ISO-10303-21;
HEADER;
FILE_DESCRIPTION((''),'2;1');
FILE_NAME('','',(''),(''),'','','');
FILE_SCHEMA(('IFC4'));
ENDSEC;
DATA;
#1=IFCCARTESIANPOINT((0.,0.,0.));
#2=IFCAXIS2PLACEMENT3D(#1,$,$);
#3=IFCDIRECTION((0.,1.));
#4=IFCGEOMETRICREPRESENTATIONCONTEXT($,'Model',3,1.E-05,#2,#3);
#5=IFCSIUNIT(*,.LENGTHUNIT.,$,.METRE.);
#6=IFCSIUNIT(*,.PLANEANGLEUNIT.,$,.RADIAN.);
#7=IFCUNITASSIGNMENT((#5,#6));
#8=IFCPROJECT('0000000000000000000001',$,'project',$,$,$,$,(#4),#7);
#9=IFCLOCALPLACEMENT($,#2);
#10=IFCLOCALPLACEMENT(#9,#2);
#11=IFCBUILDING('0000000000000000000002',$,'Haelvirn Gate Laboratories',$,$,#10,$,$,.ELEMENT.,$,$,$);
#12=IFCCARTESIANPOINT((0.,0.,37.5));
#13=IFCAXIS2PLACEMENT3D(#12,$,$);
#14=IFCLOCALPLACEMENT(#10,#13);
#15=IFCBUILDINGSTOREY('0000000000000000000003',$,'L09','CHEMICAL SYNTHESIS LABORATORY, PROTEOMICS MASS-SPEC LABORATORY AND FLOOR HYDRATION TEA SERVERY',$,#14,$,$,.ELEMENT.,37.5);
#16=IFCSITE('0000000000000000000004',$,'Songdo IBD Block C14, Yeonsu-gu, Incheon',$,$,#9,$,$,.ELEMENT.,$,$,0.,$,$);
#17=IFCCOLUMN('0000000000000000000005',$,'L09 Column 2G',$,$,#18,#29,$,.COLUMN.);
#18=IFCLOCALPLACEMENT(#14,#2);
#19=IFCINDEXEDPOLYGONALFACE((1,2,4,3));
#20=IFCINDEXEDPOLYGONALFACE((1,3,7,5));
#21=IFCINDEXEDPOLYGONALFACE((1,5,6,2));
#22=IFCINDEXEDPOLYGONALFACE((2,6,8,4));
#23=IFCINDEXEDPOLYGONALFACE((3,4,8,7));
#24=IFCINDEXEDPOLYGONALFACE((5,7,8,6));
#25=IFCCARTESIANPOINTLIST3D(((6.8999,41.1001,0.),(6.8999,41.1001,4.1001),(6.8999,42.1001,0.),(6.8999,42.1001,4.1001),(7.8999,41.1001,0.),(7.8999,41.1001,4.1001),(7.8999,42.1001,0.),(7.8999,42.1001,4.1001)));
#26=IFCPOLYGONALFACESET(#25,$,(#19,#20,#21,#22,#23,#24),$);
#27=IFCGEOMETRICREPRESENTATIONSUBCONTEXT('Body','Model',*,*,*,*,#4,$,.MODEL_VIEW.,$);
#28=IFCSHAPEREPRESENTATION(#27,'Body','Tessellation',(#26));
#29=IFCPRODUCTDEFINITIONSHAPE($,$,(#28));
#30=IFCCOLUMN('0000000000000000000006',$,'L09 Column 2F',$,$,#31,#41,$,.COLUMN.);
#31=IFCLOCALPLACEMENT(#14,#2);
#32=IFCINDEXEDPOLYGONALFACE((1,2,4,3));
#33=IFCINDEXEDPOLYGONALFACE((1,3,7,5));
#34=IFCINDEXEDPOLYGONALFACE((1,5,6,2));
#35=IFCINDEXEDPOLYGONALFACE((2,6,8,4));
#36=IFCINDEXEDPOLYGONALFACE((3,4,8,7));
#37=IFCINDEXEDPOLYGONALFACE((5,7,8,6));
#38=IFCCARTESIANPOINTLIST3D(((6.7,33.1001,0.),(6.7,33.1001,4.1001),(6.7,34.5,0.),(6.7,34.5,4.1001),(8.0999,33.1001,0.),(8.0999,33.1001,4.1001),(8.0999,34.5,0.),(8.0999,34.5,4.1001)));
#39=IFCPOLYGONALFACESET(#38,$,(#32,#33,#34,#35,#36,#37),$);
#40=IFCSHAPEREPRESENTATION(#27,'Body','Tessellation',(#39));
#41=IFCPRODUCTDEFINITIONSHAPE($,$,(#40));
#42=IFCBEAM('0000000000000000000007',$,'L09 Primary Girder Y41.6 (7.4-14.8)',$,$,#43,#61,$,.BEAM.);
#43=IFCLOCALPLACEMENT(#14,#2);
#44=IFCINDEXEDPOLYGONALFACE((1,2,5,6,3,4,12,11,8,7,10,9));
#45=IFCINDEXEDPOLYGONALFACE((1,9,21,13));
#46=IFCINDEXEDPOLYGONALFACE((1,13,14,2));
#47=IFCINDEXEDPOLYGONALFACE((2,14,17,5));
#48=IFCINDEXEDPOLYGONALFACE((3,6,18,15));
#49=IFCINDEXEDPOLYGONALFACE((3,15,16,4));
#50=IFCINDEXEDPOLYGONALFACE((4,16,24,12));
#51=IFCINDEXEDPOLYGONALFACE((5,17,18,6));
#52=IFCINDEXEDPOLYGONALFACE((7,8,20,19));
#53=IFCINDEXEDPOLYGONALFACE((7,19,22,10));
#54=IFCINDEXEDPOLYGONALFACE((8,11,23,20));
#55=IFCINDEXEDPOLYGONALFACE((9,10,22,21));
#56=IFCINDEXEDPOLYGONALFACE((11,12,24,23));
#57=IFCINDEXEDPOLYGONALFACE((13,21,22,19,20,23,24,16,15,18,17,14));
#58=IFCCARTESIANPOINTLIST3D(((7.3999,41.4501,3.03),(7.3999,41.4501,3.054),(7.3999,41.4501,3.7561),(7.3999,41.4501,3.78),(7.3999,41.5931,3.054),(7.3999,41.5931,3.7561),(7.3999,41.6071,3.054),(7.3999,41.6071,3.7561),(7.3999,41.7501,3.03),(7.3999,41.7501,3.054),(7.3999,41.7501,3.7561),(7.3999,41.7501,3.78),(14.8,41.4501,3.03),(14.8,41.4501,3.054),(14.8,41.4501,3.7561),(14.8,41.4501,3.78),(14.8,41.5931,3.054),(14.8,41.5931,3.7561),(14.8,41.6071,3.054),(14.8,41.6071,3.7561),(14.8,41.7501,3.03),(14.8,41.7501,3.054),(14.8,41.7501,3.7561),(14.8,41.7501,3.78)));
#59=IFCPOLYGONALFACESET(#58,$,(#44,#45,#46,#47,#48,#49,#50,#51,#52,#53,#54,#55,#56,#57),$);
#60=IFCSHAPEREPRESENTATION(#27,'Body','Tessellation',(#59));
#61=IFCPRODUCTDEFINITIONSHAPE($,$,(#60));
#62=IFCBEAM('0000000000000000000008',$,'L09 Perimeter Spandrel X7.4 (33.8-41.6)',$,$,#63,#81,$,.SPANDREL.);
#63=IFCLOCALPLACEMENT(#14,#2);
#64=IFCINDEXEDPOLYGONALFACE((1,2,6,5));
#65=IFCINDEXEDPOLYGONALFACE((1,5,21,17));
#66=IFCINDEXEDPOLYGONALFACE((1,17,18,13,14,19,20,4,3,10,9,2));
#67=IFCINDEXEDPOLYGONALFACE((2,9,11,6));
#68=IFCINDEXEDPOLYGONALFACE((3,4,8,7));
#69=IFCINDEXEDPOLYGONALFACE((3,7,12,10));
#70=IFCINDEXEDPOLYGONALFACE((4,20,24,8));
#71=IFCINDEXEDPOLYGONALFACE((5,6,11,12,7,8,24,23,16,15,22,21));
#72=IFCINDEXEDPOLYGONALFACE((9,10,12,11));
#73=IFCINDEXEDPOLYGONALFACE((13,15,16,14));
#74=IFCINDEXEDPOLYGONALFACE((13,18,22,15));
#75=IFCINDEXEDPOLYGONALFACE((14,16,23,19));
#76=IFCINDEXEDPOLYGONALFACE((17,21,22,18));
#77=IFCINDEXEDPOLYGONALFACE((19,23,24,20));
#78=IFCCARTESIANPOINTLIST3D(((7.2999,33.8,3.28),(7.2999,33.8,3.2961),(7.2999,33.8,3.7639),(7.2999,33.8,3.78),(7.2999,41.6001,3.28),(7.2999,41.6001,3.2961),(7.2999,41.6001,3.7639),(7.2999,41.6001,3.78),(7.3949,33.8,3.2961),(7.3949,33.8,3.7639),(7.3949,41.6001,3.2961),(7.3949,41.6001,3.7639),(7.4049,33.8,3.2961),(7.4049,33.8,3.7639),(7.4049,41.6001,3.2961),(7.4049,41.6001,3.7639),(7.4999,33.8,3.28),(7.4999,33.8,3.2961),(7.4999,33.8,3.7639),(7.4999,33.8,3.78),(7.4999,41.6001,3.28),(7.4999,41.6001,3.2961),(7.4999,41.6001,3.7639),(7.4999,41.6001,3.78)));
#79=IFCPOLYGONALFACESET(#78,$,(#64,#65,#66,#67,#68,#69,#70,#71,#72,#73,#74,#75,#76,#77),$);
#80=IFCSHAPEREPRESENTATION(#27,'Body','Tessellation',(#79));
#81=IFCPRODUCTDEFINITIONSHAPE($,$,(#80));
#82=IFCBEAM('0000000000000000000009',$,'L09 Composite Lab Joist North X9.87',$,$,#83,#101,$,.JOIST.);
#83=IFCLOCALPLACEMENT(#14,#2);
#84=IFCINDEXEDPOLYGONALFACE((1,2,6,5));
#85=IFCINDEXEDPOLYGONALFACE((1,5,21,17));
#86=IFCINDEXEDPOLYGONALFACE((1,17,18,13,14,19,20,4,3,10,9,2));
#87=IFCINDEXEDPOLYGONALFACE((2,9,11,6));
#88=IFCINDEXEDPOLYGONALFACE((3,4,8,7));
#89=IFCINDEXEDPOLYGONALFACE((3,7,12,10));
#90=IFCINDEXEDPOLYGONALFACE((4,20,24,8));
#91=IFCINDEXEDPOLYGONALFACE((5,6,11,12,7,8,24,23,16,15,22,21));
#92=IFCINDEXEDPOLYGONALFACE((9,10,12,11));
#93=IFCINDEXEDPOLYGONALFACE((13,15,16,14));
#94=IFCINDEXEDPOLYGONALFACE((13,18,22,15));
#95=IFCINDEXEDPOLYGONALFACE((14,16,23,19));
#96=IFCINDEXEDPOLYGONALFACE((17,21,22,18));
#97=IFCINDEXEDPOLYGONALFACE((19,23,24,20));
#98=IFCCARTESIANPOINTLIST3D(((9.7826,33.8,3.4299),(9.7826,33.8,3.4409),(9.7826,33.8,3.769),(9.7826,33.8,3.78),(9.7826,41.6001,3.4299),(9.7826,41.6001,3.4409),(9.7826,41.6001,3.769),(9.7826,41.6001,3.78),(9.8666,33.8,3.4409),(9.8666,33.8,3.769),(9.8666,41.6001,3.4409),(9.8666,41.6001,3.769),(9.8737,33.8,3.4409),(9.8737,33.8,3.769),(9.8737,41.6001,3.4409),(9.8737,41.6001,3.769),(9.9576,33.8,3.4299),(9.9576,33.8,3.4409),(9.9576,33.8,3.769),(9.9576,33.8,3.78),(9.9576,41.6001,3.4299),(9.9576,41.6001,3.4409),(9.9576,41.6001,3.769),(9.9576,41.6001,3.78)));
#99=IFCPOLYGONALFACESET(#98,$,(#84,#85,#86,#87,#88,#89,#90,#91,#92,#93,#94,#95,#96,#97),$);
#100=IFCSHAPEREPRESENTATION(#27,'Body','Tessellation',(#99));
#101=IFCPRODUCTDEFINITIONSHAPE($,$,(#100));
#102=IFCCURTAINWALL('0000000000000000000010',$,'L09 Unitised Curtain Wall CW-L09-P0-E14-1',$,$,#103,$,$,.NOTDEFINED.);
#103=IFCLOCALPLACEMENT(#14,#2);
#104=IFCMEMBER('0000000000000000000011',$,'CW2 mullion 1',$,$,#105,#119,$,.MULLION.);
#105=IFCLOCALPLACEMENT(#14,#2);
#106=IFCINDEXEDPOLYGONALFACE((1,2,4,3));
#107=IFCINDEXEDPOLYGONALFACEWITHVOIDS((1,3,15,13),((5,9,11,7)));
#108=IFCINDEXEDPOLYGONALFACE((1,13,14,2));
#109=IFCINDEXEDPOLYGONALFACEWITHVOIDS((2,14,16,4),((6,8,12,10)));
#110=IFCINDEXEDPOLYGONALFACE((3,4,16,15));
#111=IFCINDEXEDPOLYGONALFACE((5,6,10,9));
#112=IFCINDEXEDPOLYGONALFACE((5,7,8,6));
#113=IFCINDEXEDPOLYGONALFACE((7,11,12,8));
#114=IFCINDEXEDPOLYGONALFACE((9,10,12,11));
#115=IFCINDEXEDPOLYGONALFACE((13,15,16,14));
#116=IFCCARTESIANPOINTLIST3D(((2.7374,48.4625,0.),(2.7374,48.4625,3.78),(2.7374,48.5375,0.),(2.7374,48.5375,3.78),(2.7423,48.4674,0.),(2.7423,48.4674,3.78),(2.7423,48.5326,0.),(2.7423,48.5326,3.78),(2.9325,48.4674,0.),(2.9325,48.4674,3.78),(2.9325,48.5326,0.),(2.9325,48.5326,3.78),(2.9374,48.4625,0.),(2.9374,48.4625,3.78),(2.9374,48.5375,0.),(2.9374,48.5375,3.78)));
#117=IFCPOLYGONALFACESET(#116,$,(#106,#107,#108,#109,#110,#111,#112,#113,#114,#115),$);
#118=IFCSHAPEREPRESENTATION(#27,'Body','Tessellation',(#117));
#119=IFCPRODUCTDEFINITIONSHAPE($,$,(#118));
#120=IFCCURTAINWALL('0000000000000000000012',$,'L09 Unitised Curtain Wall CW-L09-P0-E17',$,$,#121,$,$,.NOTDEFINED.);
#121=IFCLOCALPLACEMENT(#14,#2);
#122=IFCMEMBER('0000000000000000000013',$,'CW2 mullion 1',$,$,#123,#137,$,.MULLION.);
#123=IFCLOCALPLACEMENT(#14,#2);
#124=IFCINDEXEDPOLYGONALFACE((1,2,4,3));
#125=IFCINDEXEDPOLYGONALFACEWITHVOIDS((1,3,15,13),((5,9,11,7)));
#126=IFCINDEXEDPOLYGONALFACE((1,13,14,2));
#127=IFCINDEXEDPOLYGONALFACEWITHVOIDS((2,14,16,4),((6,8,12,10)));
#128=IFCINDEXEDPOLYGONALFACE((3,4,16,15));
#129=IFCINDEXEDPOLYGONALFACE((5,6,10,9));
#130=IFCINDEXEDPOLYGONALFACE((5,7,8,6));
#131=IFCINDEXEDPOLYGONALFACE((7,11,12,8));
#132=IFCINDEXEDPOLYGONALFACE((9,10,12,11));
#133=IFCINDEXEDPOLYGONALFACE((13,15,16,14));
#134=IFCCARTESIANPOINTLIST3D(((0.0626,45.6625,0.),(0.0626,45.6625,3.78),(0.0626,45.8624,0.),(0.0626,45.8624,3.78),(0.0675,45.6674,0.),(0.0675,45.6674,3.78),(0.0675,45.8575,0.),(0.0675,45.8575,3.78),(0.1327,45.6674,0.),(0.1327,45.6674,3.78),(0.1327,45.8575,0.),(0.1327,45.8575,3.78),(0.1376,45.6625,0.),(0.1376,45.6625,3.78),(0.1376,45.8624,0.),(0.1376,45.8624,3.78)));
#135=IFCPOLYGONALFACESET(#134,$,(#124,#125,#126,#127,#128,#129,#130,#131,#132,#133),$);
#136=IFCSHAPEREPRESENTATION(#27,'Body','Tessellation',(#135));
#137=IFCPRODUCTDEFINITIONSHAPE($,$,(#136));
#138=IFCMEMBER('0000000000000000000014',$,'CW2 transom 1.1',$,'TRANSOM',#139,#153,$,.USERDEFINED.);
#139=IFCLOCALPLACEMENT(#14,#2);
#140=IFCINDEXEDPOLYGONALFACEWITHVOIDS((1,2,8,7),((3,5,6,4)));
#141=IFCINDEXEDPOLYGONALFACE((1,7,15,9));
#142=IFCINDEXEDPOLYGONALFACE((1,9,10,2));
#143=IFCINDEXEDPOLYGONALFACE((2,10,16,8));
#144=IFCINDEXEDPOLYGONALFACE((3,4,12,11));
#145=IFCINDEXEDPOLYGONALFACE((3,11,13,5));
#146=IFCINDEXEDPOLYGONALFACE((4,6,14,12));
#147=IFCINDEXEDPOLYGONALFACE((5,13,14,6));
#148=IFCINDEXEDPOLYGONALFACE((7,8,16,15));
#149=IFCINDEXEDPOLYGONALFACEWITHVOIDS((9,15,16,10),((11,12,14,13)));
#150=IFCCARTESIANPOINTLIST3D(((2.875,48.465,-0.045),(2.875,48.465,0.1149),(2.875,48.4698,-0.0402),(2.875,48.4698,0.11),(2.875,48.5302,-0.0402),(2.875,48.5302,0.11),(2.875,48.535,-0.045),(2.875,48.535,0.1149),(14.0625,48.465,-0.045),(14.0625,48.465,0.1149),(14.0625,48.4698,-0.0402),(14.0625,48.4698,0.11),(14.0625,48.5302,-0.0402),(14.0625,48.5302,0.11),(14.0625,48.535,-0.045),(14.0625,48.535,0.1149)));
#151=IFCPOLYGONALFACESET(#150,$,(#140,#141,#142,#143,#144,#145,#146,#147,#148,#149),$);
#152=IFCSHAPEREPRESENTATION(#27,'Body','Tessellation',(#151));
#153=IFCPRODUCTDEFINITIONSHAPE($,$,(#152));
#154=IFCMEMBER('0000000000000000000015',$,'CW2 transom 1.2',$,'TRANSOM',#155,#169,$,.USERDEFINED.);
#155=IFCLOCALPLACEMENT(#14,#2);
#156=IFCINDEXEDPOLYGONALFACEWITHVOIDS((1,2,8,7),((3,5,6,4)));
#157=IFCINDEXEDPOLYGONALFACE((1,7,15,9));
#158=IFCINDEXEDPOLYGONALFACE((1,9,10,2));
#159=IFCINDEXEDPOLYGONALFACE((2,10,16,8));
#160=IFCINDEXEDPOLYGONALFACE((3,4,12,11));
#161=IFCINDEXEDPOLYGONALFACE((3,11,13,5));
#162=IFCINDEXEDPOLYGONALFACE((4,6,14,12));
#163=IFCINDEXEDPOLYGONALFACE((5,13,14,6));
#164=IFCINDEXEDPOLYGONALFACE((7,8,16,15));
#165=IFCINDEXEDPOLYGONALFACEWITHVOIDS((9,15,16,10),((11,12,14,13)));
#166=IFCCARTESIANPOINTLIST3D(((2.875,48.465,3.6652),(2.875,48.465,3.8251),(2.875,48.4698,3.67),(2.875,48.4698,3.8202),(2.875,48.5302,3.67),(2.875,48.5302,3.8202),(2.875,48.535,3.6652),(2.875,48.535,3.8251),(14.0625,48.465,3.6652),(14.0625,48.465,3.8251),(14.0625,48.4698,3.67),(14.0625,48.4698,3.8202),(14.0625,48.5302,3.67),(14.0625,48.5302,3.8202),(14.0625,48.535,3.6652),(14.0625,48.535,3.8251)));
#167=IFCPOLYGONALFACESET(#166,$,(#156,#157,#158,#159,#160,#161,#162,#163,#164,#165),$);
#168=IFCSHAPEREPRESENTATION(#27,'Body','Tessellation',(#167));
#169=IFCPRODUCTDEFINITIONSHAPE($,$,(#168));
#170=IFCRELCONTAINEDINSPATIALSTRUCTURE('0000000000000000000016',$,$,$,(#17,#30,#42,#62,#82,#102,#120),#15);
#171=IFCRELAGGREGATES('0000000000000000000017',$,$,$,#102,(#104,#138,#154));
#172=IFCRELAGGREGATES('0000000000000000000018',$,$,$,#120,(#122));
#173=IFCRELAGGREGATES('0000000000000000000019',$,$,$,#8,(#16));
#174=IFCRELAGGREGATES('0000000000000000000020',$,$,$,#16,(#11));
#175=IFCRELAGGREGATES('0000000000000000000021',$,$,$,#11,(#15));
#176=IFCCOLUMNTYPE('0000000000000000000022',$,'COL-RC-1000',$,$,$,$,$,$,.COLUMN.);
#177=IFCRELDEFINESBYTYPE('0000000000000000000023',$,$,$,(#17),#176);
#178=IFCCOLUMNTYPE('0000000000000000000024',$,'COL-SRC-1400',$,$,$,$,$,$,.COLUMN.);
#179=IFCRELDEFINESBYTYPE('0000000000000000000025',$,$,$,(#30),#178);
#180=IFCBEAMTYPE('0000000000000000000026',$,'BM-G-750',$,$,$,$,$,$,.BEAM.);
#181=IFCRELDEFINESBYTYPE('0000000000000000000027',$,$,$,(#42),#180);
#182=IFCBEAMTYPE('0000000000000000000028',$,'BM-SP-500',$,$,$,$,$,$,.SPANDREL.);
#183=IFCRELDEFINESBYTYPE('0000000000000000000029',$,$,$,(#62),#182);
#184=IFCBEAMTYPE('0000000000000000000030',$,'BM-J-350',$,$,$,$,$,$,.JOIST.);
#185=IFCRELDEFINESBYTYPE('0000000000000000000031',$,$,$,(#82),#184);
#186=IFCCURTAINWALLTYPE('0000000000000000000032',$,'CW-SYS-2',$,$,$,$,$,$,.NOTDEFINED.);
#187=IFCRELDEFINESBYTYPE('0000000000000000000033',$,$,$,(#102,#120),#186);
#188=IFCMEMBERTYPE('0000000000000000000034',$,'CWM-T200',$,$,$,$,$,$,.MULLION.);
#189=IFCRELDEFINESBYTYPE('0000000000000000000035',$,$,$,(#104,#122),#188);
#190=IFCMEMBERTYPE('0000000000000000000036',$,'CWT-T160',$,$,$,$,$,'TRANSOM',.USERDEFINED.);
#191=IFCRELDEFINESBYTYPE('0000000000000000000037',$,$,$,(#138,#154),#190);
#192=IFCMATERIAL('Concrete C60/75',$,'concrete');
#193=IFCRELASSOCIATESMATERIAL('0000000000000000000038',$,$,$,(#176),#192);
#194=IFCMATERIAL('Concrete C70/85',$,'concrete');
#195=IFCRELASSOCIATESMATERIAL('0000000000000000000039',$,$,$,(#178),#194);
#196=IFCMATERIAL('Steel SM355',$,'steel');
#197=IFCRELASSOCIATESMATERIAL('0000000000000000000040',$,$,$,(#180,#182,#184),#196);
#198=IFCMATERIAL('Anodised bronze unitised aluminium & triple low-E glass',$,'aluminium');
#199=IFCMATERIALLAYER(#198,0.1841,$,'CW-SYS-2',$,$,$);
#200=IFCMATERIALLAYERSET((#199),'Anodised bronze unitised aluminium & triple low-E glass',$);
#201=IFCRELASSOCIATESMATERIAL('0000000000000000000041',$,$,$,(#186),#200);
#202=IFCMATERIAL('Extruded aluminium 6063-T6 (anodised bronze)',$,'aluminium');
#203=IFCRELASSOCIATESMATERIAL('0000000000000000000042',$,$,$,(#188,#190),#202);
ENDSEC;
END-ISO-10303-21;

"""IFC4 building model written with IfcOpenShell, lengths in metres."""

from ifc_helpers import new_model, si_unit, direction, frame, origin, origin_2d, place, context, subcontext, project, spatial, rectangle, hollow_rectangle, i_section, extrude, source, transform, mapped, material, layer, layer_set, material_profile, profile_set, type_object, type_shapes, element, aggregate, save


model = new_model("IFC4")

# Units and contexts
model_context = context("Model", 3, precision=1e-05, world=origin(), true_north=direction((0.0, 1.0)))
body_context = subcontext(model_context, "Body", "Model", "MODEL_VIEW")
ifc_project = project(units=[si_unit("LENGTHUNIT", "METRE"), si_unit("PLANEANGLEUNIT", "RADIAN")], contexts=[model_context])

# Site, building, storey
site_placement = place(None, origin())
site = spatial("IfcSite", under=ifc_project, at=site_placement, Name="Songdo IBD Block C14, Yeonsu-gu, Incheon", CompositionType="ELEMENT", RefElevation=0.0)
building_placement = place(site_placement, origin())
building = spatial("IfcBuilding", under=site, at=building_placement, Name="Haelvirn Gate Laboratories", CompositionType="ELEMENT")
storey_placement = place(building_placement, frame((0.0, 0.0, 37.5)))
storey = spatial("IfcBuildingStorey", under=building, at=storey_placement, Name="L09", Description="CHEMICAL SYNTHESIS LABORATORY, PROTEOMICS MASS-SPEC LABORATORY AND FLOOR HYDRATION TEA SERVERY", CompositionType="ELEMENT", Elevation=37.5)

# Columns
ifc_material_1 = material(Name="Concrete C60/75", Category="concrete")
ifc_material_profile_1 = material_profile(ifc_material_1, rectangle(XDim=1.0, YDim=1.0, at=origin_2d()), Name="RC-1000x1000")
ifc_profile_set_1 = profile_set([ifc_material_profile_1], Name="Concrete C60/75")
column_type_1 = type_object("IfcColumnType", Name="COL-RC-1000", PredefinedType="COLUMN", material=ifc_profile_set_1)
shared_shape_1 = source(origin(), body_context, "Body", "SweptSolid", [
    extrude(rectangle(XDim=1.0, YDim=1.0, at=origin_2d()), origin(), (0.0, 0.0, 1.0), 4.1001),
])
type_shapes(column_type_1, [shared_shape_1])
column_1_placement = place(storey_placement, frame((7.3999, 41.6001, 0.0), z_axis=(0.0, 0.0, 1.0), x_axis=(1.0, 0.0, 0.0)))
element("IfcColumn", 1, at=column_1_placement, inside=storey, type_object=column_type_1, Name="L09 Column 2G", PredefinedType="COLUMN", context=body_context, shape_type="MappedRepresentation", body=[
    mapped(shared_shape_1, transform((0.0, 0.0, 0.0), scale=1.0)),
])
ifc_material_2 = material(Name="Concrete C70/85", Category="concrete")
ifc_material_profile_2 = material_profile(ifc_material_2, rectangle(XDim=1.3999, YDim=1.3999, at=origin_2d()), Name="SRC-1400x1400")
ifc_profile_set_2 = profile_set([ifc_material_profile_2], Name="Concrete C70/85")
column_type_2 = type_object("IfcColumnType", Name="COL-SRC-1400", PredefinedType="COLUMN", material=ifc_profile_set_2)
shared_shape_2 = source(origin(), body_context, "Body", "SweptSolid", [
    extrude(rectangle(XDim=1.3999, YDim=1.3999, at=origin_2d()), origin(), (0.0, 0.0, 1.0), 4.1001),
])
type_shapes(column_type_2, [shared_shape_2])
column_2_placement = place(storey_placement, frame((7.3999, 33.8, 0.0), z_axis=(0.0, 0.0, 1.0), x_axis=(1.0, 0.0, 0.0)))
element("IfcColumn", 2, at=column_2_placement, inside=storey, type_object=column_type_2, Name="L09 Column 2F", PredefinedType="COLUMN", context=body_context, shape_type="MappedRepresentation", body=[
    mapped(shared_shape_2, transform((0.0, 0.0, 0.0), scale=1.0)),
])

# Beams
ifc_material_3 = material(Name="Steel SM355", Category="steel")
ifc_material_profile_3 = material_profile(ifc_material_3, i_section(OverallWidth=0.3, OverallDepth=0.75, WebThickness=0.0139, FlangeThickness=0.0239, at=origin_2d()), Name="H-750x300x14x24")
ifc_profile_set_3 = profile_set([ifc_material_profile_3], Name="Steel SM355")
beam_type_1 = type_object("IfcBeamType", Name="BM-G-750", PredefinedType="BEAM", material=ifc_profile_set_3)
shared_shape_3 = source(origin(), body_context, "Body", "SweptSolid", [
    extrude(i_section(OverallWidth=0.3, OverallDepth=0.75, WebThickness=0.0139, FlangeThickness=0.0239, at=origin_2d()), origin(), (0.0, 0.0, 1.0), 7.4001),
])
type_shapes(beam_type_1, [shared_shape_3])
beam_1_placement = place(storey_placement, frame((7.3999, 41.6001, 3.405), z_axis=(1.0, 0.0, 0.0), x_axis=(0.0, 1.0, 0.0)))
element("IfcBeam", 3, at=beam_1_placement, inside=storey, type_object=beam_type_1, Name="L09 Primary Girder Y41.6 (7.4-14.8)", PredefinedType="BEAM", context=body_context, shape_type="MappedRepresentation", body=[
    mapped(shared_shape_3, transform((0.0, 0.0, 0.0), scale=1.0)),
])
ifc_material_profile_4 = material_profile(ifc_material_3, i_section(OverallWidth=0.2, OverallDepth=0.5, WebThickness=0.01, FlangeThickness=0.0161, at=origin_2d()), Name="H-500x200x10x16")
ifc_profile_set_4 = profile_set([ifc_material_profile_4], Name="Steel SM355")
beam_type_2 = type_object("IfcBeamType", Name="BM-SP-500", PredefinedType="SPANDREL", material=ifc_profile_set_4)
shared_shape_4 = source(origin(), body_context, "Body", "SweptSolid", [
    extrude(i_section(OverallWidth=0.2, OverallDepth=0.5, WebThickness=0.01, FlangeThickness=0.0161, at=origin_2d()), origin(), (0.0, 0.0, 1.0), 7.8),
])
type_shapes(beam_type_2, [shared_shape_4])
beam_2_placement = place(storey_placement, frame((7.3999, 33.8, 3.53), z_axis=(0.0, 1.0, 0.0), x_axis=(-1.0, 0.0, 0.0)))
element("IfcBeam", 4, at=beam_2_placement, inside=storey, type_object=beam_type_2, Name="L09 Perimeter Spandrel X7.4 (33.8-41.6)", PredefinedType="SPANDREL", context=body_context, shape_type="MappedRepresentation", body=[
    mapped(shared_shape_4, transform((0.0, 0.0, 0.0), scale=1.0)),
])
ifc_material_profile_5 = material_profile(ifc_material_3, i_section(OverallWidth=0.175, OverallDepth=0.3501, WebThickness=0.0071, FlangeThickness=0.011, at=origin_2d()), Name="H-350x175x7x11")
ifc_profile_set_5 = profile_set([ifc_material_profile_5], Name="Steel SM355")
beam_type_3 = type_object("IfcBeamType", Name="BM-J-350", PredefinedType="JOIST", material=ifc_profile_set_5)
shared_shape_5 = source(origin(), body_context, "Body", "SweptSolid", [
    extrude(i_section(OverallWidth=0.175, OverallDepth=0.3501, WebThickness=0.0071, FlangeThickness=0.011, at=origin_2d()), origin(), (0.0, 0.0, 1.0), 7.8),
])
type_shapes(beam_type_3, [shared_shape_5])
beam_3_placement = place(storey_placement, frame((9.8701, 33.8, 3.605), z_axis=(0.0, 1.0, 0.0), x_axis=(-1.0, 0.0, 0.0)))
element("IfcBeam", 5, at=beam_3_placement, inside=storey, type_object=beam_type_3, Name="L09 Composite Lab Joist North X9.87", PredefinedType="JOIST", context=body_context, shape_type="MappedRepresentation", body=[
    mapped(shared_shape_5, transform((0.0, 0.0, 0.0), scale=1.0)),
])

# Curtain walls, members
ifc_material_4 = material(Name="Anodised bronze unitised aluminium & triple low-E glass", Category="aluminium")
ifc_layer_1 = layer(ifc_material_4, 0.1841, Name="CW-SYS-2")
ifc_layer_set_1 = layer_set([ifc_layer_1], Name="Anodised bronze unitised aluminium & triple low-E glass")
curtain_wall_type_1 = type_object("IfcCurtainWallType", Name="CW-SYS-2", PredefinedType="NOTDEFINED", material=ifc_layer_set_1)
curtain_wall_1_placement = place(storey_placement, origin())
curtain_wall_1 = element("IfcCurtainWall", 6, at=curtain_wall_1_placement, inside=storey, type_object=curtain_wall_type_1, Name="L09 Unitised Curtain Wall CW-L09-P0-E14-1", PredefinedType="NOTDEFINED")
ifc_material_5 = material(Name="Extruded aluminium 6063-T6 (anodised bronze)", Category="aluminium")
ifc_material_profile_6 = material_profile(ifc_material_5, hollow_rectangle(XDim=0.075, YDim=0.2, WallThickness=0.0049, at=origin_2d()), Name="CWM-200x75x5")
ifc_profile_set_6 = profile_set([ifc_material_profile_6], Name="Extruded aluminium 6063-T6 (anodised bronze)")
member_type_1 = type_object("IfcMemberType", Name="CWM-T200", PredefinedType="MULLION", material=ifc_profile_set_6)
shared_shape_6 = source(origin(), body_context, "Body", "SweptSolid", [
    extrude(hollow_rectangle(XDim=0.075, YDim=0.2, WallThickness=0.0049, at=origin_2d()), origin(), (0.0, 0.0, 1.0), 3.78),
])
type_shapes(member_type_1, [shared_shape_6])
member_1_placement = place(storey_placement, frame((2.8374, 48.5, 0.0), z_axis=(0.0, 0.0, 1.0), x_axis=(0.0, 1.0, 0.0)))
member_1 = element("IfcMember", 7, at=member_1_placement, type_object=member_type_1, Name="CW2 mullion 1", PredefinedType="MULLION", context=body_context, shape_type="MappedRepresentation", body=[
    mapped(shared_shape_6, transform((0.0, 0.0, 0.0), scale=1.0)),
])
curtain_wall_2_placement = place(storey_placement, origin())
curtain_wall_2 = element("IfcCurtainWall", 8, at=curtain_wall_2_placement, inside=storey, type_object=curtain_wall_type_1, Name="L09 Unitised Curtain Wall CW-L09-P0-E17", PredefinedType="NOTDEFINED")
member_2_placement = place(storey_placement, frame((0.1001, 45.7625, 0.0), z_axis=(0.0, 0.0, 1.0), x_axis=(1.0, 0.0, 0.0)))
member_2 = element("IfcMember", 9, at=member_2_placement, type_object=member_type_1, Name="CW2 mullion 1", PredefinedType="MULLION", context=body_context, shape_type="MappedRepresentation", body=[
    mapped(shared_shape_6, transform((0.0, 0.0, 0.0), scale=1.0)),
])

# Members
ifc_material_profile_7 = material_profile(ifc_material_5, hollow_rectangle(XDim=0.0701, YDim=0.1599, WallThickness=0.0049, at=origin_2d()), Name="CWT-160x70x5")
ifc_profile_set_7 = profile_set([ifc_material_profile_7], Name="Extruded aluminium 6063-T6 (anodised bronze)")
member_type_2 = type_object("IfcMemberType", Name="CWT-T160", ElementType="TRANSOM", PredefinedType="USERDEFINED", material=ifc_profile_set_7)
shared_shape_7 = source(origin(), body_context, "Body", "SweptSolid", [
    extrude(hollow_rectangle(XDim=0.0701, YDim=0.1599, WallThickness=0.0049, at=origin_2d()), origin(), (0.0, 0.0, 1.0), 11.1875),
])
member_3_placement = place(storey_placement, frame((2.875, 48.5, 0.0349), z_axis=(1.0, 0.0, 0.0), x_axis=(0.0, 1.0, 0.0)))
member_3 = element("IfcMember", 10, at=member_3_placement, type_object=member_type_2, Name="CW2 transom 1.1", ObjectType="TRANSOM", PredefinedType="USERDEFINED", context=body_context, shape_type="MappedRepresentation", body=[
    mapped(shared_shape_7, transform((0.0, 0.0, 0.0), scale=1.0)),
])
member_4_placement = place(storey_placement, frame((2.875, 48.5, 3.7451), z_axis=(1.0, 0.0, 0.0), x_axis=(0.0, 1.0, 0.0)))
member_4 = element("IfcMember", 11, at=member_4_placement, type_object=member_type_2, Name="CW2 transom 1.2", ObjectType="TRANSOM", PredefinedType="USERDEFINED", context=body_context, shape_type="MappedRepresentation", body=[
    mapped(shared_shape_7, transform((0.0, 0.0, 0.0), scale=1.0)),
])

aggregate(curtain_wall_1, [member_1, member_3, member_4])
aggregate(curtain_wall_2, [member_2])

save(model, "model.ifc")
